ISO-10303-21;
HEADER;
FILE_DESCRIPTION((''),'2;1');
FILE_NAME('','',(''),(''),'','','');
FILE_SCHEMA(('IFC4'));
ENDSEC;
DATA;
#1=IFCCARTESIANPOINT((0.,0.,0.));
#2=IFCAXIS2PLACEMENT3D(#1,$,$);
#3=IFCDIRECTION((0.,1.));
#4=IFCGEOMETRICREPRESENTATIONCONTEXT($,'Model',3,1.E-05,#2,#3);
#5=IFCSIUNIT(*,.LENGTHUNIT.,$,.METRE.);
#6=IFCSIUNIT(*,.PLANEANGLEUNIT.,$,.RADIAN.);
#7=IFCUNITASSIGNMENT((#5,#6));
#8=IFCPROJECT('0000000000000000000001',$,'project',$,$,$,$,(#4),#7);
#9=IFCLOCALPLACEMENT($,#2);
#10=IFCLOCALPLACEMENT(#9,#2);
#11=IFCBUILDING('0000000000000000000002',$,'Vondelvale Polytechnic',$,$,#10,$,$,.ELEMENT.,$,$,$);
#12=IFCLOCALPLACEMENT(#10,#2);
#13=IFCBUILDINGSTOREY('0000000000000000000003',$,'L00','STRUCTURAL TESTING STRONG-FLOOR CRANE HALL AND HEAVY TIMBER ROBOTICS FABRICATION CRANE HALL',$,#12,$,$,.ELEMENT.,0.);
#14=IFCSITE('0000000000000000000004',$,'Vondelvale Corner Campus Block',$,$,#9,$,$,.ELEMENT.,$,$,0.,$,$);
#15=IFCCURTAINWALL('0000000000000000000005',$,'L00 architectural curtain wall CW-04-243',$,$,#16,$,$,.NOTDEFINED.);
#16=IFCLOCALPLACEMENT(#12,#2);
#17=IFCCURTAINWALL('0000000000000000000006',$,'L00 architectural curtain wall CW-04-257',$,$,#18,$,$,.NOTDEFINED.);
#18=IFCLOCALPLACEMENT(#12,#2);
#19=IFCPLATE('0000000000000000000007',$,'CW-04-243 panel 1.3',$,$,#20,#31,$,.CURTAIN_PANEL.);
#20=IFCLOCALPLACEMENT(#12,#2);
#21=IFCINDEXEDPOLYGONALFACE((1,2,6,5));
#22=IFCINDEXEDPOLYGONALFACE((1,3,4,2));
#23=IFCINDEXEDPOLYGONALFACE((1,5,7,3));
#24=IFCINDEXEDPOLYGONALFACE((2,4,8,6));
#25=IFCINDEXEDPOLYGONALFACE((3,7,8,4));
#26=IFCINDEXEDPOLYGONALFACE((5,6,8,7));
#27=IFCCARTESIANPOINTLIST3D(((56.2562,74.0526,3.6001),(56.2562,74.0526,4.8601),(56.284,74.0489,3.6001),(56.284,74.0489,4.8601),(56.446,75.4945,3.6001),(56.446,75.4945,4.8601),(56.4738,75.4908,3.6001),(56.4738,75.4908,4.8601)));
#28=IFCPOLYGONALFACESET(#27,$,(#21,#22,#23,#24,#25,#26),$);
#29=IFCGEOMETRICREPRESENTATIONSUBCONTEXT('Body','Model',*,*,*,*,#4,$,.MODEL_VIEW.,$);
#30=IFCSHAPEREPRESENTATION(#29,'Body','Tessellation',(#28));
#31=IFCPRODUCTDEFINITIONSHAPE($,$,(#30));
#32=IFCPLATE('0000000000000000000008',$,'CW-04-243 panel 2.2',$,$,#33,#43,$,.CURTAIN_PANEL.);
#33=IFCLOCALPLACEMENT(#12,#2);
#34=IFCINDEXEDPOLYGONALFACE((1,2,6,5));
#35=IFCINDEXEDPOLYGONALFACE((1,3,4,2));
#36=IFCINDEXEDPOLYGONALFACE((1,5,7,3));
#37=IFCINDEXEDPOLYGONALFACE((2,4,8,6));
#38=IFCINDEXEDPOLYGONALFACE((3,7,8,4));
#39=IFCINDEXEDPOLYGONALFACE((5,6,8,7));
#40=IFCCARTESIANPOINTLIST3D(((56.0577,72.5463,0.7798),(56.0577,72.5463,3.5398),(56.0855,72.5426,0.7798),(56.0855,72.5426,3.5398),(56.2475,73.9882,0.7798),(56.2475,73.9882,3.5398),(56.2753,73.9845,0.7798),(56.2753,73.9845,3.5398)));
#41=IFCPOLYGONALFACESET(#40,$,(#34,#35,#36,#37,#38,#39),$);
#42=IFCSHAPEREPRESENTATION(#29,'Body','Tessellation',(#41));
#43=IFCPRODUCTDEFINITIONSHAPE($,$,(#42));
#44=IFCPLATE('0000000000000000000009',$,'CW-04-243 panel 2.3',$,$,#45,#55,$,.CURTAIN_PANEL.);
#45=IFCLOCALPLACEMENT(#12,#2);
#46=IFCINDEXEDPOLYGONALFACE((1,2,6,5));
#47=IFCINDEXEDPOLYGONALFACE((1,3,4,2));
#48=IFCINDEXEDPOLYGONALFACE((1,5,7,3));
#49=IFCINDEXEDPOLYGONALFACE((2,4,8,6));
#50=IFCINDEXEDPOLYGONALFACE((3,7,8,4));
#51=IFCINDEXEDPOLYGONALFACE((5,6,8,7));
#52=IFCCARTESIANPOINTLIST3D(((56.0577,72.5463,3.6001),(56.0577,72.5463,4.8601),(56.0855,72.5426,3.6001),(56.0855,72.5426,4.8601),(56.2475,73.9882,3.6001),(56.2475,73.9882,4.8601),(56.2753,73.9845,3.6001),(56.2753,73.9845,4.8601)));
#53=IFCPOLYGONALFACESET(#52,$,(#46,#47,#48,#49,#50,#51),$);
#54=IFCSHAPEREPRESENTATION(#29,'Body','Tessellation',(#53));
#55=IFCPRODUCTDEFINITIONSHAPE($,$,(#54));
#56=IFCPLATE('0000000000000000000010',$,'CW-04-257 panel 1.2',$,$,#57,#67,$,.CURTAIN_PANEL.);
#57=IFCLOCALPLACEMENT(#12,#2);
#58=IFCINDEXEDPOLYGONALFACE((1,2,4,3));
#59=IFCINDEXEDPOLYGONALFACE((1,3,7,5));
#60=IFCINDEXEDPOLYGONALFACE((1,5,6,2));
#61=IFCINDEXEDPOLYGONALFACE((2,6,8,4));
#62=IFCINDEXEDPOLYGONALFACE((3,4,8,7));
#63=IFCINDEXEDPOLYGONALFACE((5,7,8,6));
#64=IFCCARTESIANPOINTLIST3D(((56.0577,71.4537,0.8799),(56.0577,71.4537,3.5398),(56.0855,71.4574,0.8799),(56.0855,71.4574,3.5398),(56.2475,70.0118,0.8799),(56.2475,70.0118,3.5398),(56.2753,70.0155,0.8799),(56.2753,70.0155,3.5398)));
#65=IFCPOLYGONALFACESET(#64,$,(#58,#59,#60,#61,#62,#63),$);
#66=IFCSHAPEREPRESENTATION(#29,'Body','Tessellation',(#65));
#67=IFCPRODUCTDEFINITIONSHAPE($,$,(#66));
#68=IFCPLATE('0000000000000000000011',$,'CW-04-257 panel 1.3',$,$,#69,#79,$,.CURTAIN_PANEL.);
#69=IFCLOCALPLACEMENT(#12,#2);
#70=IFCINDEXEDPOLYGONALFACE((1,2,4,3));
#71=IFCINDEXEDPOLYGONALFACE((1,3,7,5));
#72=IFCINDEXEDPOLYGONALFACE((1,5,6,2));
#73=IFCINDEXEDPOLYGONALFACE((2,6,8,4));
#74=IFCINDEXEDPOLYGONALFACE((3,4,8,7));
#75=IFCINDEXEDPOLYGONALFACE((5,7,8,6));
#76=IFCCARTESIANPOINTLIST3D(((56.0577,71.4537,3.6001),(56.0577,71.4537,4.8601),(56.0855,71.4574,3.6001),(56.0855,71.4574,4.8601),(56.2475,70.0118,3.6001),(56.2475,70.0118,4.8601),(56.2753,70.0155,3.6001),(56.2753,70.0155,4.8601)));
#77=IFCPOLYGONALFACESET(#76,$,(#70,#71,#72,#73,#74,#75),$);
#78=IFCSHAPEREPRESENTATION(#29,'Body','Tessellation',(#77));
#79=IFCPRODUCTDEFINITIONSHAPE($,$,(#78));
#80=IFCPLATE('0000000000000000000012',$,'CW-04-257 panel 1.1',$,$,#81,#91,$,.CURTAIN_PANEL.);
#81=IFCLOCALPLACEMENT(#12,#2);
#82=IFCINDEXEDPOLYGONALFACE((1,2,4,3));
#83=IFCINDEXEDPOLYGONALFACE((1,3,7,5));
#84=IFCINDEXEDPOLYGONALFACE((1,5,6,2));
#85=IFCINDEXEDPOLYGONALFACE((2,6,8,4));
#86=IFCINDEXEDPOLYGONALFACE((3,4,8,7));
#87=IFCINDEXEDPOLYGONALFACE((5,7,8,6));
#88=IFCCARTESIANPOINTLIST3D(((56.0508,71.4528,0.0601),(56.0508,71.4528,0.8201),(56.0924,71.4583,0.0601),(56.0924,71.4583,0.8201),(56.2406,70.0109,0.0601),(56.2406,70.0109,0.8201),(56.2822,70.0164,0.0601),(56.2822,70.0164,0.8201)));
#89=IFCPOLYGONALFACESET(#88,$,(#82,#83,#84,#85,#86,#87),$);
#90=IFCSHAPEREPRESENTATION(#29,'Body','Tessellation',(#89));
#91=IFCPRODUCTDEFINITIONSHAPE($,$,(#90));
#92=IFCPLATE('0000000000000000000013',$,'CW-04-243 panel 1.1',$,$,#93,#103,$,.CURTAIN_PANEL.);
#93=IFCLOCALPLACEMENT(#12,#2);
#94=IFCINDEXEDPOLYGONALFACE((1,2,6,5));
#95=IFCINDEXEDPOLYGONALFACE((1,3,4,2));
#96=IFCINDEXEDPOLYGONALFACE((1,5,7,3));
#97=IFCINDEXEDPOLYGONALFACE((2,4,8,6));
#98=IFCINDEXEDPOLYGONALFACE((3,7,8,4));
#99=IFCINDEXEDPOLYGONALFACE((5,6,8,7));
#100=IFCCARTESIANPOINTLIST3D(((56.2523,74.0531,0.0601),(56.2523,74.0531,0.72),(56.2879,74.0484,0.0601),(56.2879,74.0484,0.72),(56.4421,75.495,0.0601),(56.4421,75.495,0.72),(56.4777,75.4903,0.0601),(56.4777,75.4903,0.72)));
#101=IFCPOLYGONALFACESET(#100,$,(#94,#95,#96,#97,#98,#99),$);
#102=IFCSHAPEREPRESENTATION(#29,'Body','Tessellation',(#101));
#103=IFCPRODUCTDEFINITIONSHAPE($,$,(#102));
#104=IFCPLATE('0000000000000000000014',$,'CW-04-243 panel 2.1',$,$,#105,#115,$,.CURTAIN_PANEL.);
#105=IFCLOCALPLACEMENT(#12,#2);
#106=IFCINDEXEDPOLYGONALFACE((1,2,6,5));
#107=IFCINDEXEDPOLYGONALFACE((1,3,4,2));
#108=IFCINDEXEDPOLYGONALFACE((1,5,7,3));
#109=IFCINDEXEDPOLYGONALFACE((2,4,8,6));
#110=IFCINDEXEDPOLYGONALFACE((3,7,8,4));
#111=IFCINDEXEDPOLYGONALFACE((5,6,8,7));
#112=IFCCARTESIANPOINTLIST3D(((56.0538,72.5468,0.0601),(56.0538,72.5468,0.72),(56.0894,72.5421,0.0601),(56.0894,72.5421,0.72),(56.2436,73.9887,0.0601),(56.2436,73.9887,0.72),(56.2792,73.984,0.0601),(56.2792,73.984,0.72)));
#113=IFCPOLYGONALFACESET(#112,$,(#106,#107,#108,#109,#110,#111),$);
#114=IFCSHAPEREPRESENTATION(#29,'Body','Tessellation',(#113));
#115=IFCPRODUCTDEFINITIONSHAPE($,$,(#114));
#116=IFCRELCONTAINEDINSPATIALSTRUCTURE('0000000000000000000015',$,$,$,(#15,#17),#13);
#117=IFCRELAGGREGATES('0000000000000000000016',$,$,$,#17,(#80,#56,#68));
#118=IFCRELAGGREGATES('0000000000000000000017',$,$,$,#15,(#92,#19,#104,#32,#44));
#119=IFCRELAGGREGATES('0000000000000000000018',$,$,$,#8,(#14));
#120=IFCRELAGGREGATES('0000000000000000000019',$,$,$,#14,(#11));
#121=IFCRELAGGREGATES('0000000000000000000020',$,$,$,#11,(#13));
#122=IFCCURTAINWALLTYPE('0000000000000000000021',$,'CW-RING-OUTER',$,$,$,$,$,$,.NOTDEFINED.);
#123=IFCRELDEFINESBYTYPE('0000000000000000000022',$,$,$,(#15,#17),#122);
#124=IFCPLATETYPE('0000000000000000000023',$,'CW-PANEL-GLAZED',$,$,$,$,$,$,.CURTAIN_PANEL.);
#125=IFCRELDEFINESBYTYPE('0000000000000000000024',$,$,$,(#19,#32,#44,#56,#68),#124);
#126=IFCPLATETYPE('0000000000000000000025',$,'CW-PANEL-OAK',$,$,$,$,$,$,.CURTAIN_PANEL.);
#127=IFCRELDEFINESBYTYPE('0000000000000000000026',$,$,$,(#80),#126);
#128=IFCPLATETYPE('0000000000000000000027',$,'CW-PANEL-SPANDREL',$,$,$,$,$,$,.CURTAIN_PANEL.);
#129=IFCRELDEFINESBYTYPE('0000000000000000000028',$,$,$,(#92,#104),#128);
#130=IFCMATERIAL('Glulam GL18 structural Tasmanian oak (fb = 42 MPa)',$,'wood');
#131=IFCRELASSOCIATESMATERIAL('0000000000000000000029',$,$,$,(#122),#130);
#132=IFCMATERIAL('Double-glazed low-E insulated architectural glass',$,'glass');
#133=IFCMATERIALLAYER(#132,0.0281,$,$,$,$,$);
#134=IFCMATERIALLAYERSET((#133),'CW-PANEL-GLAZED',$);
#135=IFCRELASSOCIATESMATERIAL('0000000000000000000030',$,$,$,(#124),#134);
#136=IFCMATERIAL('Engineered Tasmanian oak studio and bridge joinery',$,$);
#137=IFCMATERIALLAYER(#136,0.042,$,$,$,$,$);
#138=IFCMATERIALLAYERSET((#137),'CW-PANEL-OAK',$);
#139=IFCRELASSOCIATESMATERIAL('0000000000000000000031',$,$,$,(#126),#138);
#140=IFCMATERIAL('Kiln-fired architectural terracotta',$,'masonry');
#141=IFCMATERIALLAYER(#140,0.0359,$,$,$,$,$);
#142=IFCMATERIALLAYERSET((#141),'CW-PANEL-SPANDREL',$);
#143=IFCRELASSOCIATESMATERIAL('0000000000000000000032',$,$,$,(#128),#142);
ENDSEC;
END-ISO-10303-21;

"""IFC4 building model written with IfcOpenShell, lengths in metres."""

from ifc_helpers import new_model, si_unit, direction, frame, origin, origin_2d, place, context, subcontext, project, spatial, rectangle, extrude, material, layer, layer_set, type_object, element, aggregate, save


model = new_model("IFC4")

# Units and contexts
model_context = context("Model", 3, precision=1e-05, world=origin(), true_north=direction((0.0, 1.0)))
body_context = subcontext(model_context, "Body", "Model", "MODEL_VIEW")
ifc_project = project(units=[si_unit("LENGTHUNIT", "METRE"), si_unit("PLANEANGLEUNIT", "RADIAN")], contexts=[model_context])

# Site, building, storey
site_placement = place(None, origin())
site = spatial("IfcSite", under=ifc_project, at=site_placement, Name="Vondelvale Corner Campus Block", CompositionType="ELEMENT", RefElevation=0.0)
building_placement = place(site_placement, origin())
building = spatial("IfcBuilding", under=site, at=building_placement, Name="Vondelvale Polytechnic", CompositionType="ELEMENT")
storey_placement = place(building_placement, origin())
storey = spatial("IfcBuildingStorey", under=building, at=storey_placement, Name="L00", Description="STRUCTURAL TESTING STRONG-FLOOR CRANE HALL AND HEAVY TIMBER ROBOTICS FABRICATION CRANE HALL", CompositionType="ELEMENT", Elevation=0.0)

# Shared definitions
ifc_material_1 = material(Name="Glulam GL18 structural Tasmanian oak (fb = 42 MPa)", Category="wood")

# Curtain wall
curtain_wall_type = type_object("IfcCurtainWallType", Name="CW-RING-OUTER", PredefinedType="NOTDEFINED", material=ifc_material_1)
curtain_wall_1_placement = place(storey_placement, origin())
curtain_wall_1 = element("IfcCurtainWall", 1, at=curtain_wall_1_placement, inside=storey, type_object=curtain_wall_type, Name="L00 architectural curtain wall CW-04-243", PredefinedType="NOTDEFINED")

# Curtain wall
curtain_wall_2_placement = place(storey_placement, origin())
curtain_wall_2 = element("IfcCurtainWall", 2, at=curtain_wall_2_placement, inside=storey, type_object=curtain_wall_type, Name="L00 architectural curtain wall CW-04-257", PredefinedType="NOTDEFINED")

# Plates
ifc_material_2 = material(Name="Double-glazed low-E insulated architectural glass", Category="glass")
ifc_layer_1 = layer(ifc_material_2, 0.0281)
ifc_layer_set_1 = layer_set([ifc_layer_1], Name="CW-PANEL-GLAZED")
plate_type_1 = type_object("IfcPlateType", Name="CW-PANEL-GLAZED", PredefinedType="CURTAIN_PANEL", material=ifc_layer_set_1)
plate_1_placement = place(storey_placement, frame((56.365, 74.7717, 3.6001), z_axis=(0.0, 0.0, 1.0), x_axis=(-0.130524, -0.991445, 0.0)))
plate_1 = element("IfcPlate", 3, at=plate_1_placement, type_object=plate_type_1, Name="CW-04-243 panel 1.3", PredefinedType="CURTAIN_PANEL", context=body_context, shape_type="SweptSolid", body=[
    extrude(rectangle(XDim=1.4543, YDim=0.0281, at=origin_2d()), origin(), (0.0, 0.0, 1.0), 1.26),
])
plate_2_placement = place(storey_placement, frame((56.1665, 73.2654, 0.7798), z_axis=(0.0, 0.0, 1.0), x_axis=(-0.130524, -0.991445, 0.0)))
plate_2 = element("IfcPlate", 4, at=plate_2_placement, type_object=plate_type_1, Name="CW-04-243 panel 2.2", PredefinedType="CURTAIN_PANEL", context=body_context, shape_type="SweptSolid", body=[
    extrude(rectangle(XDim=1.4543, YDim=0.0281, at=origin_2d()), origin(), (0.0, 0.0, 1.0), 2.76),
])
plate_3_placement = place(storey_placement, frame((56.1665, 73.2654, 3.6001), z_axis=(0.0, 0.0, 1.0), x_axis=(-0.130524, -0.991445, 0.0)))
plate_3 = element("IfcPlate", 5, at=plate_3_placement, type_object=plate_type_1, Name="CW-04-243 panel 2.3", PredefinedType="CURTAIN_PANEL", context=body_context, shape_type="SweptSolid", body=[
    extrude(rectangle(XDim=1.4543, YDim=0.0281, at=origin_2d()), origin(), (0.0, 0.0, 1.0), 1.26),
])
plate_4_placement = place(storey_placement, frame((56.1665, 70.7346, 0.8799), z_axis=(0.0, 0.0, 1.0), x_axis=(0.130524, -0.991445, 0.0)))
plate_4 = element("IfcPlate", 6, at=plate_4_placement, type_object=plate_type_1, Name="CW-04-257 panel 1.2", PredefinedType="CURTAIN_PANEL", context=body_context, shape_type="SweptSolid", body=[
    extrude(rectangle(XDim=1.4543, YDim=0.0281, at=origin_2d()), origin(), (0.0, 0.0, 1.0), 2.6599),
])
plate_5_placement = place(storey_placement, frame((56.1665, 70.7346, 3.6001), z_axis=(0.0, 0.0, 1.0), x_axis=(0.130524, -0.991445, 0.0)))
plate_5 = element("IfcPlate", 7, at=plate_5_placement, type_object=plate_type_1, Name="CW-04-257 panel 1.3", PredefinedType="CURTAIN_PANEL", context=body_context, shape_type="SweptSolid", body=[
    extrude(rectangle(XDim=1.4543, YDim=0.0281, at=origin_2d()), origin(), (0.0, 0.0, 1.0), 1.26),
])
ifc_material_3 = material(Name="Engineered Tasmanian oak studio and bridge joinery")
ifc_layer_2 = layer(ifc_material_3, 0.042)
ifc_layer_set_2 = layer_set([ifc_layer_2], Name="CW-PANEL-OAK")
plate_type_2 = type_object("IfcPlateType", Name="CW-PANEL-OAK", PredefinedType="CURTAIN_PANEL", material=ifc_layer_set_2)
plate_6_placement = place(storey_placement, frame((56.1665, 70.7346, 0.0601), z_axis=(0.0, 0.0, 1.0), x_axis=(0.130524, -0.991445, 0.0)))
plate_6 = element("IfcPlate", 8, at=plate_6_placement, type_object=plate_type_2, Name="CW-04-257 panel 1.1", PredefinedType="CURTAIN_PANEL", context=body_context, shape_type="SweptSolid", body=[
    extrude(rectangle(XDim=1.4543, YDim=0.042, at=origin_2d()), origin(), (0.0, 0.0, 1.0), 0.76),
])
aggregate(curtain_wall_2, [plate_6, plate_4, plate_5])
ifc_material_4 = material(Name="Kiln-fired architectural terracotta", Category="masonry")
ifc_layer_3 = layer(ifc_material_4, 0.0359)
ifc_layer_set_3 = layer_set([ifc_layer_3], Name="CW-PANEL-SPANDREL")
plate_type_3 = type_object("IfcPlateType", Name="CW-PANEL-SPANDREL", PredefinedType="CURTAIN_PANEL", material=ifc_layer_set_3)
plate_7_placement = place(storey_placement, frame((56.365, 74.7717, 0.0601), z_axis=(0.0, 0.0, 1.0), x_axis=(-0.130524, -0.991445, 0.0)))
plate_7 = element("IfcPlate", 9, at=plate_7_placement, type_object=plate_type_3, Name="CW-04-243 panel 1.1", PredefinedType="CURTAIN_PANEL", context=body_context, shape_type="SweptSolid", body=[
    extrude(rectangle(XDim=1.4543, YDim=0.0359, at=origin_2d()), origin(), (0.0, 0.0, 1.0), 0.6599),
])
plate_8_placement = place(storey_placement, frame((56.1665, 73.2654, 0.0601), z_axis=(0.0, 0.0, 1.0), x_axis=(-0.130524, -0.991445, 0.0)))
plate_8 = element("IfcPlate", 10, at=plate_8_placement, type_object=plate_type_3, Name="CW-04-243 panel 2.1", PredefinedType="CURTAIN_PANEL", context=body_context, shape_type="SweptSolid", body=[
    extrude(rectangle(XDim=1.4543, YDim=0.0359, at=origin_2d()), origin(), (0.0, 0.0, 1.0), 0.6599),
])
aggregate(curtain_wall_1, [plate_7, plate_1, plate_8, plate_2, plate_3])

save(model, "model.ifc")
